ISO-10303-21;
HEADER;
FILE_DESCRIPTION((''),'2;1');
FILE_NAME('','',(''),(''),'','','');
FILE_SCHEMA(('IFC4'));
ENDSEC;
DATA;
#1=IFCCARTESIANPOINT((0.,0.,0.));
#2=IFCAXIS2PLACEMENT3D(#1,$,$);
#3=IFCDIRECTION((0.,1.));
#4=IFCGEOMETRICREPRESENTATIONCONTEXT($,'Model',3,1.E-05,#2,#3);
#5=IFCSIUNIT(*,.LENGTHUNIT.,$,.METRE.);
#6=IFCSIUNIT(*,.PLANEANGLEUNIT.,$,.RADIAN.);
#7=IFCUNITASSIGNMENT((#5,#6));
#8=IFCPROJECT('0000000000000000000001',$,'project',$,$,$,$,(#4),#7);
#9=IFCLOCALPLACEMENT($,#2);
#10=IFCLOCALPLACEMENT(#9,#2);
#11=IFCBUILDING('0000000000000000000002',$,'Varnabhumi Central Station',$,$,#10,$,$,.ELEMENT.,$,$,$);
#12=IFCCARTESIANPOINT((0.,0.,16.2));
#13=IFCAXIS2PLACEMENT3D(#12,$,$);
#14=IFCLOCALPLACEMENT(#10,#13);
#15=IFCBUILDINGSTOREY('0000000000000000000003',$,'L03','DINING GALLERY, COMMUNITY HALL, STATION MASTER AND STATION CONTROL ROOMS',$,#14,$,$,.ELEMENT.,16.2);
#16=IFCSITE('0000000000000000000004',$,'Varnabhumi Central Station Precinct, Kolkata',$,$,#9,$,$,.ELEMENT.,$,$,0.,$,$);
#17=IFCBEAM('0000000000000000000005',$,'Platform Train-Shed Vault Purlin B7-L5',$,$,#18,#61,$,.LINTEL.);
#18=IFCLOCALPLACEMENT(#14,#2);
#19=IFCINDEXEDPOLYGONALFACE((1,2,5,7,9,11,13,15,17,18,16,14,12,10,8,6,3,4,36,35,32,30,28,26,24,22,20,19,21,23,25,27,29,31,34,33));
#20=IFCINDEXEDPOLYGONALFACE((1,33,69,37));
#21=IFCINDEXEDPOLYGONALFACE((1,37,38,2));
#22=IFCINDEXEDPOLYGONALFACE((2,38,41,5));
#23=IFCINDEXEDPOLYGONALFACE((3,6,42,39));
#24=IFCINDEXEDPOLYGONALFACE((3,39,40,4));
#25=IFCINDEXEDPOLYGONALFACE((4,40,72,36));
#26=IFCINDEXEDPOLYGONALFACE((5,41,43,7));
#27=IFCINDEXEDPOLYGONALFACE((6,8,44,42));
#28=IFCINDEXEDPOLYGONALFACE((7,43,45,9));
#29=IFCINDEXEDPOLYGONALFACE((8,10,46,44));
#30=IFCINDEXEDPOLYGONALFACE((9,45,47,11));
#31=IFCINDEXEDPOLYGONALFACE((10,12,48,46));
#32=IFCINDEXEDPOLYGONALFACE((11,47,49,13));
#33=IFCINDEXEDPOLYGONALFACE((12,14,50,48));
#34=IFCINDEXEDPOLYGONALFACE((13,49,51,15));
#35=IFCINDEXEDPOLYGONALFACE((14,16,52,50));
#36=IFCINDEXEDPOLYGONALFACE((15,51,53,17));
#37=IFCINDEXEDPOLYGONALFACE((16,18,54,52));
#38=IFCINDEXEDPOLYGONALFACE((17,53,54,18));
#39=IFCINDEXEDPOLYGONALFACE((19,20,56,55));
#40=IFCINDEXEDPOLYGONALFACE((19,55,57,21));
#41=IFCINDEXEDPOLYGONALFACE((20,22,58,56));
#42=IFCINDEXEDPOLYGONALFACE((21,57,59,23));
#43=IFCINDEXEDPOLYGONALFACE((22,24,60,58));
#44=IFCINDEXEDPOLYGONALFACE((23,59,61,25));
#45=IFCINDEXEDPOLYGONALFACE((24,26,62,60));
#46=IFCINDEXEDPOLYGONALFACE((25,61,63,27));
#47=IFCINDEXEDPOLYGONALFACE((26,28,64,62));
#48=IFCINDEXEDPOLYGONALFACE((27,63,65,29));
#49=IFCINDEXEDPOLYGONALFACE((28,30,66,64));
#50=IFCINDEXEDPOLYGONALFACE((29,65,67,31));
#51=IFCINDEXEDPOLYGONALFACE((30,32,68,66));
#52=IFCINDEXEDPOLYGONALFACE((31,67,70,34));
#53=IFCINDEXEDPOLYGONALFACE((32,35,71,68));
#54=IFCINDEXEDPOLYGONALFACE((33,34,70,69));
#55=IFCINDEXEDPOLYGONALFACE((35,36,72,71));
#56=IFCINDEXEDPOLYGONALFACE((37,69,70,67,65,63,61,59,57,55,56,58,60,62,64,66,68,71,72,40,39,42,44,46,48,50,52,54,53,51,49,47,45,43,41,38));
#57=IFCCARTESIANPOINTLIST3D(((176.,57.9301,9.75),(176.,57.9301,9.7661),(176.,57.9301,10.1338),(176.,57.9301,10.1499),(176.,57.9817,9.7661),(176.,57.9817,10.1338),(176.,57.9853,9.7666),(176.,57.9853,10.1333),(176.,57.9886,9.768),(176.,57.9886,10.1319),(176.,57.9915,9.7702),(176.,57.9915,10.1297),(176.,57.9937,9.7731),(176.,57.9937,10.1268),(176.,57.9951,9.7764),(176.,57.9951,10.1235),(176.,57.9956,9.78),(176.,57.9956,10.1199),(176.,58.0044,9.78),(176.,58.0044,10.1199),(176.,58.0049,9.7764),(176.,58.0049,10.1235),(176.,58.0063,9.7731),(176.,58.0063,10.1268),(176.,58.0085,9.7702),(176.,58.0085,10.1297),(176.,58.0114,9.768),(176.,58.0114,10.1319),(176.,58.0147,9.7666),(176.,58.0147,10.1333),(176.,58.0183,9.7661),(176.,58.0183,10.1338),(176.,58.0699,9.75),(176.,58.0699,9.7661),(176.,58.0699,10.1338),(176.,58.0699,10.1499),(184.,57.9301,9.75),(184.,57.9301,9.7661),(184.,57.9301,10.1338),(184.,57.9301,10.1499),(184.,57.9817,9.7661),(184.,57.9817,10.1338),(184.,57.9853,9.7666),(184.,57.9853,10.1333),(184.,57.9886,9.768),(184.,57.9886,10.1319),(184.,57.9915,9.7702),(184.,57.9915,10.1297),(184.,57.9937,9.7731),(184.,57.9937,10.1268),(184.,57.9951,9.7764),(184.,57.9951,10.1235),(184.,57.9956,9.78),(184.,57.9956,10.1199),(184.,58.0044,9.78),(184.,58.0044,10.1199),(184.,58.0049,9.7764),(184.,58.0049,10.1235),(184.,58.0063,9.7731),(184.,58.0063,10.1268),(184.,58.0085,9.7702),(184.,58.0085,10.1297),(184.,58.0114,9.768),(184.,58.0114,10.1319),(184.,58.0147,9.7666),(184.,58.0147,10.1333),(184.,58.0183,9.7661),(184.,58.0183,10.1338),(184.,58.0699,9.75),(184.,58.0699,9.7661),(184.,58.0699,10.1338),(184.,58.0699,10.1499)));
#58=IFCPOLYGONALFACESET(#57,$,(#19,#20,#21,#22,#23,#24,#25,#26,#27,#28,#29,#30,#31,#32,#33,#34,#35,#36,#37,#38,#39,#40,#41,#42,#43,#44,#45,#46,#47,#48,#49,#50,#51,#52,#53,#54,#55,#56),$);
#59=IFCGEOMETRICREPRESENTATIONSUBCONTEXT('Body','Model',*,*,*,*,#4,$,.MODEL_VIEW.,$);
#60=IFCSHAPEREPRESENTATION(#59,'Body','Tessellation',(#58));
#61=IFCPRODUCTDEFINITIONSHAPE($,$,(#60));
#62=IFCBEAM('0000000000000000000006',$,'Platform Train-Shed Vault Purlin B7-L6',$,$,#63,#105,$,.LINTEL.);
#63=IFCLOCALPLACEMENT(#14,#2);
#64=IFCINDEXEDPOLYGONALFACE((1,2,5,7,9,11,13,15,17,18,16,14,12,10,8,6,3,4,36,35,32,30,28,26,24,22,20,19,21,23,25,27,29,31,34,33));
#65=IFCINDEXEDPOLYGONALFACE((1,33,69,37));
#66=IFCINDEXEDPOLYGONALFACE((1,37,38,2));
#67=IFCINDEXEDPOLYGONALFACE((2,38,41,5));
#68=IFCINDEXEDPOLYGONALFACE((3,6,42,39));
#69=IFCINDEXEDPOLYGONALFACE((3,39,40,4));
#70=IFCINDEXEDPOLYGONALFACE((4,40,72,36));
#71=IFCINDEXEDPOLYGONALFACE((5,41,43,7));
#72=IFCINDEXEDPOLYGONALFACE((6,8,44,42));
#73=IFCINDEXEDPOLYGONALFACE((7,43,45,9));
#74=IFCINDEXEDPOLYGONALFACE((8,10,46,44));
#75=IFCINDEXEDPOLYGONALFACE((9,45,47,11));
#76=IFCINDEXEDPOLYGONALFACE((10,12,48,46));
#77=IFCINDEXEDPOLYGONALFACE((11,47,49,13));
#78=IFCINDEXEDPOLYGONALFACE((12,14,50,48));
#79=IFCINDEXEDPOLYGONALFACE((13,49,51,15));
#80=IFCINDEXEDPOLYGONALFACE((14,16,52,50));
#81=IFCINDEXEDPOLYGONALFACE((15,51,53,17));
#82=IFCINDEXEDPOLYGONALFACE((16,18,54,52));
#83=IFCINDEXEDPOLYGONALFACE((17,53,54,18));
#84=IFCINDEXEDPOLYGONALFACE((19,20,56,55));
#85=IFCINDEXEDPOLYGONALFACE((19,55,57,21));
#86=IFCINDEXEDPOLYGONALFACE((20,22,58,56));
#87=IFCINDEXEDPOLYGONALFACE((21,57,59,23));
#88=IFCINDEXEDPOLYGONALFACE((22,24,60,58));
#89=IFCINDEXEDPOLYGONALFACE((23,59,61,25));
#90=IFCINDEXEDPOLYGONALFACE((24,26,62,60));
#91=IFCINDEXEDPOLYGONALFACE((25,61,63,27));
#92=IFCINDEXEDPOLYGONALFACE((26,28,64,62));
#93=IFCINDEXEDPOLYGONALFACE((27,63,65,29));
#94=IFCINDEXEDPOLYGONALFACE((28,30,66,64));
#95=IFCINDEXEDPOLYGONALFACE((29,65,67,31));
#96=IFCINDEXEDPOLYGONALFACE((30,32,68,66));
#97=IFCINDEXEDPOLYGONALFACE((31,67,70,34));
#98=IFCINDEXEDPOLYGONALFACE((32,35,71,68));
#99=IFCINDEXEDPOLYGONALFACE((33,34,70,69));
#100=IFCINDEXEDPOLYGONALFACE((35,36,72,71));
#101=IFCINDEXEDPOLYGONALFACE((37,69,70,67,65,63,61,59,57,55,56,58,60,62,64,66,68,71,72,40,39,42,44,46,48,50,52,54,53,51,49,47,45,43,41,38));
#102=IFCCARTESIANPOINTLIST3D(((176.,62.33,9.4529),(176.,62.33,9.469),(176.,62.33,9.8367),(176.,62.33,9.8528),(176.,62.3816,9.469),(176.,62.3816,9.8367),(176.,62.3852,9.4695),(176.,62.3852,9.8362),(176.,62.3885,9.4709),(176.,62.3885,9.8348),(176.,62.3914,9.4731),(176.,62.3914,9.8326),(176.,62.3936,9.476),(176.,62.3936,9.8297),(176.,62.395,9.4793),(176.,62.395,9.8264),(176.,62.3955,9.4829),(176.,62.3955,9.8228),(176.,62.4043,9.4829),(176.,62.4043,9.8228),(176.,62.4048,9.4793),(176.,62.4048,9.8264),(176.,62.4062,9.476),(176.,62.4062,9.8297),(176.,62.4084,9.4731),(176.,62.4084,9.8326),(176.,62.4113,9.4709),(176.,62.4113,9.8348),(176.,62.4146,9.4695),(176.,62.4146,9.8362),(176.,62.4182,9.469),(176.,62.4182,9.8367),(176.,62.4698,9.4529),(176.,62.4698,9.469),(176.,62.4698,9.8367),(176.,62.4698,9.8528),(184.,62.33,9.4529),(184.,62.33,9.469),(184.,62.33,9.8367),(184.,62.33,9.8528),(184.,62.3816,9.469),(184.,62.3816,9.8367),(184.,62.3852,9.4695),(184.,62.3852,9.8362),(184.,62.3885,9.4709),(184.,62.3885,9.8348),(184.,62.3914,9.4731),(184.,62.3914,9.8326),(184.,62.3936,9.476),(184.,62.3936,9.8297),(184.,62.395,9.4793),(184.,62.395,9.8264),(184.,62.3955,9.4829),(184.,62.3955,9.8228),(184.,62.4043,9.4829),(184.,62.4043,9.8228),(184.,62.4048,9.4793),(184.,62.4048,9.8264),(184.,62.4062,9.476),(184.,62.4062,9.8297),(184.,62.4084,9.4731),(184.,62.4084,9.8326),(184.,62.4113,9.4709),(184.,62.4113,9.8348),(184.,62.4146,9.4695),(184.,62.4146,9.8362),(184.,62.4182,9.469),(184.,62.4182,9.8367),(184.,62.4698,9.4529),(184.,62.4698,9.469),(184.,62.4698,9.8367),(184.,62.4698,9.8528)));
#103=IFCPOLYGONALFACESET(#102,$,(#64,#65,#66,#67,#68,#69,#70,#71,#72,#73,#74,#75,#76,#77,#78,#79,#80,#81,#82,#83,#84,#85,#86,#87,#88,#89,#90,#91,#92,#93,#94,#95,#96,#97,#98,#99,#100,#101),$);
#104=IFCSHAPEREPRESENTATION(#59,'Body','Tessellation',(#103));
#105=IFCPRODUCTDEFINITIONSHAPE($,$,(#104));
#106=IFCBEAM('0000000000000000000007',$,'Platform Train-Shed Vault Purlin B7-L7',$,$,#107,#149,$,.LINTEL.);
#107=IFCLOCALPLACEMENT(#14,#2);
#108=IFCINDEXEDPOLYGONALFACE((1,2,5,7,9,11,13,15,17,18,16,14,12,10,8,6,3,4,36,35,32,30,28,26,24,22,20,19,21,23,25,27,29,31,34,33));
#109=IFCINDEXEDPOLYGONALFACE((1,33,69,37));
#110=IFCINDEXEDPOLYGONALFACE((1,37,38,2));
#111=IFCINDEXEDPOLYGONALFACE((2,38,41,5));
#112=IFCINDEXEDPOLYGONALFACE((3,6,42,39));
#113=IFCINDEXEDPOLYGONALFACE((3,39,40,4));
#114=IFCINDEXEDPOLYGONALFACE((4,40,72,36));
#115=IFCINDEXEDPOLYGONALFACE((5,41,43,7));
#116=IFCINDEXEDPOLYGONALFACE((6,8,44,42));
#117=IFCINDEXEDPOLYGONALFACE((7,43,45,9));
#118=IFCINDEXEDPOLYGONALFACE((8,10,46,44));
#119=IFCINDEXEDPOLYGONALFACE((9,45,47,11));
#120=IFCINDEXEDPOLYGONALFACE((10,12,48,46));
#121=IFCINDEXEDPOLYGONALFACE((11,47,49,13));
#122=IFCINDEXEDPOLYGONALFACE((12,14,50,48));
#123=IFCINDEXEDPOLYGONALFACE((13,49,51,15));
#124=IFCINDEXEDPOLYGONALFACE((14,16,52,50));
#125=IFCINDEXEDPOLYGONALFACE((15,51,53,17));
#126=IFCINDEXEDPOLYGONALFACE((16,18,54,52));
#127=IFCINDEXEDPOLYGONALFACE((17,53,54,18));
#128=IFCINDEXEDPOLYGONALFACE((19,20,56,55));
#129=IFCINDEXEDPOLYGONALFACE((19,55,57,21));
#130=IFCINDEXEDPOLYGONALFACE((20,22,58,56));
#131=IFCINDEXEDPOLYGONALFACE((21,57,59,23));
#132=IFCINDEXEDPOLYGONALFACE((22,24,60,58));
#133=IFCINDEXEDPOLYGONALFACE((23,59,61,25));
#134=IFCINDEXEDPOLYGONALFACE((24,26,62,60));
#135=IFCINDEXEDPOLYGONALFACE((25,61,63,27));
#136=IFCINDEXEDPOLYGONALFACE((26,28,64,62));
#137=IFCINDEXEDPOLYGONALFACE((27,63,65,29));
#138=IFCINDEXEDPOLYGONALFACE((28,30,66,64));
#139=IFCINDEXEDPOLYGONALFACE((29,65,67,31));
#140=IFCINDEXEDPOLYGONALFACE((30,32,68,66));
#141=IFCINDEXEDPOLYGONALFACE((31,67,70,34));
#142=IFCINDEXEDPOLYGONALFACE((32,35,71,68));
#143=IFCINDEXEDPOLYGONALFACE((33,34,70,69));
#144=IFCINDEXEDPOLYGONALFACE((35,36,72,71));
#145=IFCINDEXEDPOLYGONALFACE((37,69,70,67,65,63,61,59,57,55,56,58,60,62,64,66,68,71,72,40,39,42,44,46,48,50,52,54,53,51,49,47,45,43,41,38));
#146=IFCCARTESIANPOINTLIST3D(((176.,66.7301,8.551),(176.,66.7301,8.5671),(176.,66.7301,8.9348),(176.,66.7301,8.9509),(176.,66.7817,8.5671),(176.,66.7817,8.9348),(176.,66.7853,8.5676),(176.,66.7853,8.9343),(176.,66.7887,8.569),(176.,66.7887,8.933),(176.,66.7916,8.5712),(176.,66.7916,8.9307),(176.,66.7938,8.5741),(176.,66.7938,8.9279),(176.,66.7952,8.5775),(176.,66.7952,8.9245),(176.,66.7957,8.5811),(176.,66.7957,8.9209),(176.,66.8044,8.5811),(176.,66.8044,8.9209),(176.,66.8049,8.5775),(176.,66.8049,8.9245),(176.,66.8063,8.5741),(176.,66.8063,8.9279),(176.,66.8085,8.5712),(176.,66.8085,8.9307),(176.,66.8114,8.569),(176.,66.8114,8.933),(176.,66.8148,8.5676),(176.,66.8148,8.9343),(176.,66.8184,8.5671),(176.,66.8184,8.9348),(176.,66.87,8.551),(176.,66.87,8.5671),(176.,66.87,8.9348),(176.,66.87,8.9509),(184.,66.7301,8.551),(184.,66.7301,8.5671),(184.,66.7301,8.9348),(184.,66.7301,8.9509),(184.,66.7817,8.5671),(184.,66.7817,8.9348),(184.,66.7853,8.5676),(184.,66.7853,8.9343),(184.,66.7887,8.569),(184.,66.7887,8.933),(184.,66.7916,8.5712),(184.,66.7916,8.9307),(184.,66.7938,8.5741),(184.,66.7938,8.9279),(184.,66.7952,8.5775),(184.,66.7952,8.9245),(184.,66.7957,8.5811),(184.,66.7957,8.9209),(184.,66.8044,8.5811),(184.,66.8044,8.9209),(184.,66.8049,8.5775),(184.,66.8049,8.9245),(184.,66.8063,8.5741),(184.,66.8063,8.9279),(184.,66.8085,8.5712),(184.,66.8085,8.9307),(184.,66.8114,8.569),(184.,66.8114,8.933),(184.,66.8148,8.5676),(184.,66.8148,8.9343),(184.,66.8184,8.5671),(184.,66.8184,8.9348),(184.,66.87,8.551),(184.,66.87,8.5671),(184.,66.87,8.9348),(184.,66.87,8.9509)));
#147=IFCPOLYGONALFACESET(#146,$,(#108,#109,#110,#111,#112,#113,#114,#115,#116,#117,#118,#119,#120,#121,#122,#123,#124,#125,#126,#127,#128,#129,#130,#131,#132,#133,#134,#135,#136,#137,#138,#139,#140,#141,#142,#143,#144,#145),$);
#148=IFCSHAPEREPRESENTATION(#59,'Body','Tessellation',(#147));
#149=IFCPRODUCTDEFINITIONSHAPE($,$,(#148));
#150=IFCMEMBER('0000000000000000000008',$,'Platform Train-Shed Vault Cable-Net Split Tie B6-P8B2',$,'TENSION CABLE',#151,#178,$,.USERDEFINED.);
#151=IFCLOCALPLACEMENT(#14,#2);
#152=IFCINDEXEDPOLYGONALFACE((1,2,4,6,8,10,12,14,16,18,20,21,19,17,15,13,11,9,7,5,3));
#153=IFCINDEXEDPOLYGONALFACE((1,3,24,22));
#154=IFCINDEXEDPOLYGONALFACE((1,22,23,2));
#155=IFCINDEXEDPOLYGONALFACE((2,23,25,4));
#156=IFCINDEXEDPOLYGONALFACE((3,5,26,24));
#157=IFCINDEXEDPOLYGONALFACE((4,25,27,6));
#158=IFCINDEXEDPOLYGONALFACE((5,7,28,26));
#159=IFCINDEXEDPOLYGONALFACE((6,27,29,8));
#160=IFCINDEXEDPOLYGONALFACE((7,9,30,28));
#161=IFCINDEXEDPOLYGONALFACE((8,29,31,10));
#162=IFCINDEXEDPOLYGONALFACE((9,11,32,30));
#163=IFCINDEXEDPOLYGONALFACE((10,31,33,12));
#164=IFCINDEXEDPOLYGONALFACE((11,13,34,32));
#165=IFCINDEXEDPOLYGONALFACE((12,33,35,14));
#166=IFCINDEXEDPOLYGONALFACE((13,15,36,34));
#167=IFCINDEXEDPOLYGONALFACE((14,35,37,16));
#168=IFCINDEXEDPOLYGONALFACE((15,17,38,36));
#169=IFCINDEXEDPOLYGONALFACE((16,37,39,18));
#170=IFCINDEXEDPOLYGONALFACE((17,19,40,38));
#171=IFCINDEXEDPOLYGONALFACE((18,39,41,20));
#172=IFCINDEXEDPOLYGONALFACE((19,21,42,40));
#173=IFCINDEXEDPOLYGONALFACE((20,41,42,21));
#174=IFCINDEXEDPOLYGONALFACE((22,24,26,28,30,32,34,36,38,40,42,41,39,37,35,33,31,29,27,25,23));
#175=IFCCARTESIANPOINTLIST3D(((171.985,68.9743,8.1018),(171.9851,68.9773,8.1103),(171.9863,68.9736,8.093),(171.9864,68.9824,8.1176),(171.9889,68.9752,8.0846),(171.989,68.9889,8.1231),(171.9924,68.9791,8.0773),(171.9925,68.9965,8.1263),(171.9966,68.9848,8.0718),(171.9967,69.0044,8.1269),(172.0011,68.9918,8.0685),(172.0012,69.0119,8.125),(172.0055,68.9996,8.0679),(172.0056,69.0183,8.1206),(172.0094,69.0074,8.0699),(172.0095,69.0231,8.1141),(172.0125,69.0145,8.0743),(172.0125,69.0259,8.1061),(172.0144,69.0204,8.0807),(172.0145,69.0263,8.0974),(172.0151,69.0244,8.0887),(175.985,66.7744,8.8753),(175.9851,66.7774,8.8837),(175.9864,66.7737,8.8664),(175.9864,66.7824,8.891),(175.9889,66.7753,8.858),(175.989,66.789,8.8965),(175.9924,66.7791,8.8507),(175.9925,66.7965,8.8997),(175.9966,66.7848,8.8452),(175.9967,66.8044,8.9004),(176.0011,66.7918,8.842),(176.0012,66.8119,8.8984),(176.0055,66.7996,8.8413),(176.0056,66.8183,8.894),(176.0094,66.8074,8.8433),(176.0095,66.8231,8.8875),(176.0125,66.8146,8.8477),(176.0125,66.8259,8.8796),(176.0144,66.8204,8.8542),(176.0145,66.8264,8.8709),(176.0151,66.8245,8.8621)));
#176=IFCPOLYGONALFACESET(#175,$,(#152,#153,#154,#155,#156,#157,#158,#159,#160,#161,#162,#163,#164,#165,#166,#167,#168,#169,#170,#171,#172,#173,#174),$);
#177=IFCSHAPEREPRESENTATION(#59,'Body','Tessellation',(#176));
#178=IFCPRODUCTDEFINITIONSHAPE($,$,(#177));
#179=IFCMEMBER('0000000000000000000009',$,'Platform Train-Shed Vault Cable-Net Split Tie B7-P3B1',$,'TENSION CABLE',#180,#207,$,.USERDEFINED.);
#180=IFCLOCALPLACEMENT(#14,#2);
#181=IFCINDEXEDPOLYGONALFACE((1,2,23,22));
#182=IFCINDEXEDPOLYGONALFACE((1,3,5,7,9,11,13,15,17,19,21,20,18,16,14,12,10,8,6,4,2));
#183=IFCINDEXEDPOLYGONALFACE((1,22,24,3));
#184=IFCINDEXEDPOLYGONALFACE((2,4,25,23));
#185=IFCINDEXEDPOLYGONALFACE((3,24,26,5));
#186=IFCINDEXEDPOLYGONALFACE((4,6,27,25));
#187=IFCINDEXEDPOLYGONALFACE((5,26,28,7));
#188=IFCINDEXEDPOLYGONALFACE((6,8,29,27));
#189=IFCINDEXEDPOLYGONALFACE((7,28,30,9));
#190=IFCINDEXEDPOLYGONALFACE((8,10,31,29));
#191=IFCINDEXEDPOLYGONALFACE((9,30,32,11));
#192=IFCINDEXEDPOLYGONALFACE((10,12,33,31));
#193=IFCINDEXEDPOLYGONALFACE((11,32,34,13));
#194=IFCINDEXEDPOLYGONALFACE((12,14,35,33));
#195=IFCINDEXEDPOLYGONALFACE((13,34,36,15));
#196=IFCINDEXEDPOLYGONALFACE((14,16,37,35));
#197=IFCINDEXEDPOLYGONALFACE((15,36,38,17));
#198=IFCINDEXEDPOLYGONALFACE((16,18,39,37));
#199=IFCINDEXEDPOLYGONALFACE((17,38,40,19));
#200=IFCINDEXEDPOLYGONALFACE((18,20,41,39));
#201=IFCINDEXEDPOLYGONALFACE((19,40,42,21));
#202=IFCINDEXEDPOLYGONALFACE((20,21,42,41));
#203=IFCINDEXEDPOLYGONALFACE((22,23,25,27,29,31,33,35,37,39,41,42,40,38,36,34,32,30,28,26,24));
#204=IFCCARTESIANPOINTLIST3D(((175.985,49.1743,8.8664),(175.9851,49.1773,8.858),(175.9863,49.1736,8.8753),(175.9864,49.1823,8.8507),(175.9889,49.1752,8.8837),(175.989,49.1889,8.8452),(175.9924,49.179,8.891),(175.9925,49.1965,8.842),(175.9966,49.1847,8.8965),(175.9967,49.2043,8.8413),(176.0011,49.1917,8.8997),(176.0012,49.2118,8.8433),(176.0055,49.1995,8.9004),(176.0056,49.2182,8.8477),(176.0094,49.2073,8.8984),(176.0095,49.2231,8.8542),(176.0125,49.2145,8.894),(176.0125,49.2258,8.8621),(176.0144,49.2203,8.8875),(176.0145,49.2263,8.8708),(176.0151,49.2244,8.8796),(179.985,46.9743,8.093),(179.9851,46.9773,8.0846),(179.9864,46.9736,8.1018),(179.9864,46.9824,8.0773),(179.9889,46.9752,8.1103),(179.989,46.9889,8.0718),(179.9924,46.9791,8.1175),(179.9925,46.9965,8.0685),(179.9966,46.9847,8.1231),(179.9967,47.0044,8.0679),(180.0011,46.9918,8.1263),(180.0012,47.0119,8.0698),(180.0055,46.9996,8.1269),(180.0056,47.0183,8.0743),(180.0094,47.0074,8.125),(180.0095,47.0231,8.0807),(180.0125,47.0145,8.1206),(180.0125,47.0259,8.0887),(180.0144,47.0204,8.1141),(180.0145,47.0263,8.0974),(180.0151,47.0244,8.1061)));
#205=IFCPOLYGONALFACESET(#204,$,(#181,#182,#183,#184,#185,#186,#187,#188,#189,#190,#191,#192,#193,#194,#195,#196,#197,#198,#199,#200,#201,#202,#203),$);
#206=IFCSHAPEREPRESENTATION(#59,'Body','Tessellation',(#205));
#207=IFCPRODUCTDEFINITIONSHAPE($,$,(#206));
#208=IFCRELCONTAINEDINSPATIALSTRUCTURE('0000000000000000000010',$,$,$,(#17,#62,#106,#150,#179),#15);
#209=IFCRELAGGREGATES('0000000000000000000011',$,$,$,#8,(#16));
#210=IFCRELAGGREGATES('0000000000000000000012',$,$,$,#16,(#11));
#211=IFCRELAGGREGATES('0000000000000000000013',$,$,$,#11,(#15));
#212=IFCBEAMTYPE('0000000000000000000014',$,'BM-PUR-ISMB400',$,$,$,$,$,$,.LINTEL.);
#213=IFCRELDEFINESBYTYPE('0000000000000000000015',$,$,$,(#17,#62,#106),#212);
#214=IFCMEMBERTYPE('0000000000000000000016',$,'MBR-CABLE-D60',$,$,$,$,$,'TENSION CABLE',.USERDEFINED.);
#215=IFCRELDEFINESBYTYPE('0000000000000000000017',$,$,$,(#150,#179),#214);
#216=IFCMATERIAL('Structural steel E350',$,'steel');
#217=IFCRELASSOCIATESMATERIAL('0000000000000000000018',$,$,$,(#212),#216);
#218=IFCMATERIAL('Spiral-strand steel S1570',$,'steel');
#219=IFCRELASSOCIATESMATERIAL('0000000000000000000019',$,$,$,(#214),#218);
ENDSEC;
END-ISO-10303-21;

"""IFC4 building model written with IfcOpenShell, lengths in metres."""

from ifc_helpers import new_model, si_unit, direction, frame, origin, origin_2d, place, context, subcontext, project, spatial, circle, i_section, extrude, material, material_profile, profile_set, type_object, element, save


model = new_model("IFC4")

# Units and contexts
model_context = context("Model", 3, precision=1e-05, world=origin(), true_north=direction((0.0, 1.0)))
body_context = subcontext(model_context, "Body", "Model", "MODEL_VIEW")
ifc_project = project(units=[si_unit("LENGTHUNIT", "METRE"), si_unit("PLANEANGLEUNIT", "RADIAN")], contexts=[model_context])

# Site, building, storey
site_placement = place(None, origin())
site = spatial("IfcSite", under=ifc_project, at=site_placement, Name="Varnabhumi Central Station Precinct, Kolkata", CompositionType="ELEMENT", RefElevation=0.0)
building_placement = place(site_placement, origin())
building = spatial("IfcBuilding", under=site, at=building_placement, Name="Varnabhumi Central Station", CompositionType="ELEMENT")
storey_placement = place(building_placement, frame((0.0, 0.0, 16.2)))
storey = spatial("IfcBuildingStorey", under=building, at=storey_placement, Name="L03", Description="DINING GALLERY, COMMUNITY HALL, STATION MASTER AND STATION CONTROL ROOMS", CompositionType="ELEMENT", Elevation=16.2)

# Beams
ifc_material_1 = material(Name="Structural steel E350", Category="steel")
ifc_material_profile_1 = material_profile(ifc_material_1, i_section(OverallWidth=0.1399, OverallDepth=0.3999, WebThickness=0.0088, FlangeThickness=0.0161, FilletRadius=0.0139, at=origin_2d()), Name="Structural steel E350", Category="steel")
ifc_profile_set_1 = profile_set([ifc_material_profile_1], Name="Structural steel E350")
beam_type_1 = type_object("IfcBeamType", Name="BM-PUR-ISMB400", PredefinedType="LINTEL", material=ifc_profile_set_1)
for number, where, z_axis, x_axis, name in (
    (1, (176.0, 58.0, 9.95), (1.0, 0.0, 0.0), (0.0, 1.0, 0.0), "Platform Train-Shed Vault Purlin B7-L5"),
    (2, (176.0, 62.3999, 9.6528), (1.0, 0.0, 0.0), (0.0, 1.0, 0.0), "Platform Train-Shed Vault Purlin B7-L6"),
    (3, (176.0, 66.8, 8.751), (1.0, 0.0, 0.0), (0.0, 1.0, 0.0), "Platform Train-Shed Vault Purlin B7-L7"),
):
    element("IfcBeam", number, at=place(storey_placement, frame(where, z_axis=z_axis, x_axis=x_axis)), inside=storey, type_object=beam_type_1, Name=name, PredefinedType="LINTEL", context=body_context, shape_type="SweptSolid", body=[
        extrude(i_section(OverallWidth=0.1399, OverallDepth=0.3999, WebThickness=0.0088, FlangeThickness=0.0161, FilletRadius=0.0139, at=origin_2d()), origin(), (0.0, 0.0, 1.0), 8.0),
    ])

# Members
ifc_material_2 = material(Name="Spiral-strand steel S1570", Category="steel")
ifc_material_profile_2 = material_profile(ifc_material_2, circle(Radius=0.03, at=origin_2d()), Name="Spiral-strand steel S1570", Category="steel")
ifc_profile_set_2 = profile_set([ifc_material_profile_2], Name="Spiral-strand steel S1570")
member_type = type_object("IfcMemberType", Name="MBR-CABLE-D60", ElementType="TENSION CABLE", PredefinedType="USERDEFINED", material=ifc_profile_set_2)
for number, where, z_axis, x_axis, name in (
    (4, (172.0, 69.0, 8.0974), (0.863909, -0.475139, 0.167045), (0.481911, 0.87622, 0.0), "Platform Train-Shed Vault Cable-Net Split Tie B6-P8B2"),
    (5, (176.0, 49.2, 8.8708), (0.863909, -0.475139, -0.167045), (0.481911, 0.87622, 0.0), "Platform Train-Shed Vault Cable-Net Split Tie B7-P3B1"),
):
    element("IfcMember", number, at=place(storey_placement, frame(where, z_axis=z_axis, x_axis=x_axis)), inside=storey, type_object=member_type, Name=name, ObjectType="TENSION CABLE", PredefinedType="USERDEFINED", context=body_context, shape_type="SweptSolid", body=[
        extrude(circle(Radius=0.03, at=origin_2d()), origin(), (0.0, 0.0, 1.0), 4.6301),
    ])

save(model, "model.ifc")
